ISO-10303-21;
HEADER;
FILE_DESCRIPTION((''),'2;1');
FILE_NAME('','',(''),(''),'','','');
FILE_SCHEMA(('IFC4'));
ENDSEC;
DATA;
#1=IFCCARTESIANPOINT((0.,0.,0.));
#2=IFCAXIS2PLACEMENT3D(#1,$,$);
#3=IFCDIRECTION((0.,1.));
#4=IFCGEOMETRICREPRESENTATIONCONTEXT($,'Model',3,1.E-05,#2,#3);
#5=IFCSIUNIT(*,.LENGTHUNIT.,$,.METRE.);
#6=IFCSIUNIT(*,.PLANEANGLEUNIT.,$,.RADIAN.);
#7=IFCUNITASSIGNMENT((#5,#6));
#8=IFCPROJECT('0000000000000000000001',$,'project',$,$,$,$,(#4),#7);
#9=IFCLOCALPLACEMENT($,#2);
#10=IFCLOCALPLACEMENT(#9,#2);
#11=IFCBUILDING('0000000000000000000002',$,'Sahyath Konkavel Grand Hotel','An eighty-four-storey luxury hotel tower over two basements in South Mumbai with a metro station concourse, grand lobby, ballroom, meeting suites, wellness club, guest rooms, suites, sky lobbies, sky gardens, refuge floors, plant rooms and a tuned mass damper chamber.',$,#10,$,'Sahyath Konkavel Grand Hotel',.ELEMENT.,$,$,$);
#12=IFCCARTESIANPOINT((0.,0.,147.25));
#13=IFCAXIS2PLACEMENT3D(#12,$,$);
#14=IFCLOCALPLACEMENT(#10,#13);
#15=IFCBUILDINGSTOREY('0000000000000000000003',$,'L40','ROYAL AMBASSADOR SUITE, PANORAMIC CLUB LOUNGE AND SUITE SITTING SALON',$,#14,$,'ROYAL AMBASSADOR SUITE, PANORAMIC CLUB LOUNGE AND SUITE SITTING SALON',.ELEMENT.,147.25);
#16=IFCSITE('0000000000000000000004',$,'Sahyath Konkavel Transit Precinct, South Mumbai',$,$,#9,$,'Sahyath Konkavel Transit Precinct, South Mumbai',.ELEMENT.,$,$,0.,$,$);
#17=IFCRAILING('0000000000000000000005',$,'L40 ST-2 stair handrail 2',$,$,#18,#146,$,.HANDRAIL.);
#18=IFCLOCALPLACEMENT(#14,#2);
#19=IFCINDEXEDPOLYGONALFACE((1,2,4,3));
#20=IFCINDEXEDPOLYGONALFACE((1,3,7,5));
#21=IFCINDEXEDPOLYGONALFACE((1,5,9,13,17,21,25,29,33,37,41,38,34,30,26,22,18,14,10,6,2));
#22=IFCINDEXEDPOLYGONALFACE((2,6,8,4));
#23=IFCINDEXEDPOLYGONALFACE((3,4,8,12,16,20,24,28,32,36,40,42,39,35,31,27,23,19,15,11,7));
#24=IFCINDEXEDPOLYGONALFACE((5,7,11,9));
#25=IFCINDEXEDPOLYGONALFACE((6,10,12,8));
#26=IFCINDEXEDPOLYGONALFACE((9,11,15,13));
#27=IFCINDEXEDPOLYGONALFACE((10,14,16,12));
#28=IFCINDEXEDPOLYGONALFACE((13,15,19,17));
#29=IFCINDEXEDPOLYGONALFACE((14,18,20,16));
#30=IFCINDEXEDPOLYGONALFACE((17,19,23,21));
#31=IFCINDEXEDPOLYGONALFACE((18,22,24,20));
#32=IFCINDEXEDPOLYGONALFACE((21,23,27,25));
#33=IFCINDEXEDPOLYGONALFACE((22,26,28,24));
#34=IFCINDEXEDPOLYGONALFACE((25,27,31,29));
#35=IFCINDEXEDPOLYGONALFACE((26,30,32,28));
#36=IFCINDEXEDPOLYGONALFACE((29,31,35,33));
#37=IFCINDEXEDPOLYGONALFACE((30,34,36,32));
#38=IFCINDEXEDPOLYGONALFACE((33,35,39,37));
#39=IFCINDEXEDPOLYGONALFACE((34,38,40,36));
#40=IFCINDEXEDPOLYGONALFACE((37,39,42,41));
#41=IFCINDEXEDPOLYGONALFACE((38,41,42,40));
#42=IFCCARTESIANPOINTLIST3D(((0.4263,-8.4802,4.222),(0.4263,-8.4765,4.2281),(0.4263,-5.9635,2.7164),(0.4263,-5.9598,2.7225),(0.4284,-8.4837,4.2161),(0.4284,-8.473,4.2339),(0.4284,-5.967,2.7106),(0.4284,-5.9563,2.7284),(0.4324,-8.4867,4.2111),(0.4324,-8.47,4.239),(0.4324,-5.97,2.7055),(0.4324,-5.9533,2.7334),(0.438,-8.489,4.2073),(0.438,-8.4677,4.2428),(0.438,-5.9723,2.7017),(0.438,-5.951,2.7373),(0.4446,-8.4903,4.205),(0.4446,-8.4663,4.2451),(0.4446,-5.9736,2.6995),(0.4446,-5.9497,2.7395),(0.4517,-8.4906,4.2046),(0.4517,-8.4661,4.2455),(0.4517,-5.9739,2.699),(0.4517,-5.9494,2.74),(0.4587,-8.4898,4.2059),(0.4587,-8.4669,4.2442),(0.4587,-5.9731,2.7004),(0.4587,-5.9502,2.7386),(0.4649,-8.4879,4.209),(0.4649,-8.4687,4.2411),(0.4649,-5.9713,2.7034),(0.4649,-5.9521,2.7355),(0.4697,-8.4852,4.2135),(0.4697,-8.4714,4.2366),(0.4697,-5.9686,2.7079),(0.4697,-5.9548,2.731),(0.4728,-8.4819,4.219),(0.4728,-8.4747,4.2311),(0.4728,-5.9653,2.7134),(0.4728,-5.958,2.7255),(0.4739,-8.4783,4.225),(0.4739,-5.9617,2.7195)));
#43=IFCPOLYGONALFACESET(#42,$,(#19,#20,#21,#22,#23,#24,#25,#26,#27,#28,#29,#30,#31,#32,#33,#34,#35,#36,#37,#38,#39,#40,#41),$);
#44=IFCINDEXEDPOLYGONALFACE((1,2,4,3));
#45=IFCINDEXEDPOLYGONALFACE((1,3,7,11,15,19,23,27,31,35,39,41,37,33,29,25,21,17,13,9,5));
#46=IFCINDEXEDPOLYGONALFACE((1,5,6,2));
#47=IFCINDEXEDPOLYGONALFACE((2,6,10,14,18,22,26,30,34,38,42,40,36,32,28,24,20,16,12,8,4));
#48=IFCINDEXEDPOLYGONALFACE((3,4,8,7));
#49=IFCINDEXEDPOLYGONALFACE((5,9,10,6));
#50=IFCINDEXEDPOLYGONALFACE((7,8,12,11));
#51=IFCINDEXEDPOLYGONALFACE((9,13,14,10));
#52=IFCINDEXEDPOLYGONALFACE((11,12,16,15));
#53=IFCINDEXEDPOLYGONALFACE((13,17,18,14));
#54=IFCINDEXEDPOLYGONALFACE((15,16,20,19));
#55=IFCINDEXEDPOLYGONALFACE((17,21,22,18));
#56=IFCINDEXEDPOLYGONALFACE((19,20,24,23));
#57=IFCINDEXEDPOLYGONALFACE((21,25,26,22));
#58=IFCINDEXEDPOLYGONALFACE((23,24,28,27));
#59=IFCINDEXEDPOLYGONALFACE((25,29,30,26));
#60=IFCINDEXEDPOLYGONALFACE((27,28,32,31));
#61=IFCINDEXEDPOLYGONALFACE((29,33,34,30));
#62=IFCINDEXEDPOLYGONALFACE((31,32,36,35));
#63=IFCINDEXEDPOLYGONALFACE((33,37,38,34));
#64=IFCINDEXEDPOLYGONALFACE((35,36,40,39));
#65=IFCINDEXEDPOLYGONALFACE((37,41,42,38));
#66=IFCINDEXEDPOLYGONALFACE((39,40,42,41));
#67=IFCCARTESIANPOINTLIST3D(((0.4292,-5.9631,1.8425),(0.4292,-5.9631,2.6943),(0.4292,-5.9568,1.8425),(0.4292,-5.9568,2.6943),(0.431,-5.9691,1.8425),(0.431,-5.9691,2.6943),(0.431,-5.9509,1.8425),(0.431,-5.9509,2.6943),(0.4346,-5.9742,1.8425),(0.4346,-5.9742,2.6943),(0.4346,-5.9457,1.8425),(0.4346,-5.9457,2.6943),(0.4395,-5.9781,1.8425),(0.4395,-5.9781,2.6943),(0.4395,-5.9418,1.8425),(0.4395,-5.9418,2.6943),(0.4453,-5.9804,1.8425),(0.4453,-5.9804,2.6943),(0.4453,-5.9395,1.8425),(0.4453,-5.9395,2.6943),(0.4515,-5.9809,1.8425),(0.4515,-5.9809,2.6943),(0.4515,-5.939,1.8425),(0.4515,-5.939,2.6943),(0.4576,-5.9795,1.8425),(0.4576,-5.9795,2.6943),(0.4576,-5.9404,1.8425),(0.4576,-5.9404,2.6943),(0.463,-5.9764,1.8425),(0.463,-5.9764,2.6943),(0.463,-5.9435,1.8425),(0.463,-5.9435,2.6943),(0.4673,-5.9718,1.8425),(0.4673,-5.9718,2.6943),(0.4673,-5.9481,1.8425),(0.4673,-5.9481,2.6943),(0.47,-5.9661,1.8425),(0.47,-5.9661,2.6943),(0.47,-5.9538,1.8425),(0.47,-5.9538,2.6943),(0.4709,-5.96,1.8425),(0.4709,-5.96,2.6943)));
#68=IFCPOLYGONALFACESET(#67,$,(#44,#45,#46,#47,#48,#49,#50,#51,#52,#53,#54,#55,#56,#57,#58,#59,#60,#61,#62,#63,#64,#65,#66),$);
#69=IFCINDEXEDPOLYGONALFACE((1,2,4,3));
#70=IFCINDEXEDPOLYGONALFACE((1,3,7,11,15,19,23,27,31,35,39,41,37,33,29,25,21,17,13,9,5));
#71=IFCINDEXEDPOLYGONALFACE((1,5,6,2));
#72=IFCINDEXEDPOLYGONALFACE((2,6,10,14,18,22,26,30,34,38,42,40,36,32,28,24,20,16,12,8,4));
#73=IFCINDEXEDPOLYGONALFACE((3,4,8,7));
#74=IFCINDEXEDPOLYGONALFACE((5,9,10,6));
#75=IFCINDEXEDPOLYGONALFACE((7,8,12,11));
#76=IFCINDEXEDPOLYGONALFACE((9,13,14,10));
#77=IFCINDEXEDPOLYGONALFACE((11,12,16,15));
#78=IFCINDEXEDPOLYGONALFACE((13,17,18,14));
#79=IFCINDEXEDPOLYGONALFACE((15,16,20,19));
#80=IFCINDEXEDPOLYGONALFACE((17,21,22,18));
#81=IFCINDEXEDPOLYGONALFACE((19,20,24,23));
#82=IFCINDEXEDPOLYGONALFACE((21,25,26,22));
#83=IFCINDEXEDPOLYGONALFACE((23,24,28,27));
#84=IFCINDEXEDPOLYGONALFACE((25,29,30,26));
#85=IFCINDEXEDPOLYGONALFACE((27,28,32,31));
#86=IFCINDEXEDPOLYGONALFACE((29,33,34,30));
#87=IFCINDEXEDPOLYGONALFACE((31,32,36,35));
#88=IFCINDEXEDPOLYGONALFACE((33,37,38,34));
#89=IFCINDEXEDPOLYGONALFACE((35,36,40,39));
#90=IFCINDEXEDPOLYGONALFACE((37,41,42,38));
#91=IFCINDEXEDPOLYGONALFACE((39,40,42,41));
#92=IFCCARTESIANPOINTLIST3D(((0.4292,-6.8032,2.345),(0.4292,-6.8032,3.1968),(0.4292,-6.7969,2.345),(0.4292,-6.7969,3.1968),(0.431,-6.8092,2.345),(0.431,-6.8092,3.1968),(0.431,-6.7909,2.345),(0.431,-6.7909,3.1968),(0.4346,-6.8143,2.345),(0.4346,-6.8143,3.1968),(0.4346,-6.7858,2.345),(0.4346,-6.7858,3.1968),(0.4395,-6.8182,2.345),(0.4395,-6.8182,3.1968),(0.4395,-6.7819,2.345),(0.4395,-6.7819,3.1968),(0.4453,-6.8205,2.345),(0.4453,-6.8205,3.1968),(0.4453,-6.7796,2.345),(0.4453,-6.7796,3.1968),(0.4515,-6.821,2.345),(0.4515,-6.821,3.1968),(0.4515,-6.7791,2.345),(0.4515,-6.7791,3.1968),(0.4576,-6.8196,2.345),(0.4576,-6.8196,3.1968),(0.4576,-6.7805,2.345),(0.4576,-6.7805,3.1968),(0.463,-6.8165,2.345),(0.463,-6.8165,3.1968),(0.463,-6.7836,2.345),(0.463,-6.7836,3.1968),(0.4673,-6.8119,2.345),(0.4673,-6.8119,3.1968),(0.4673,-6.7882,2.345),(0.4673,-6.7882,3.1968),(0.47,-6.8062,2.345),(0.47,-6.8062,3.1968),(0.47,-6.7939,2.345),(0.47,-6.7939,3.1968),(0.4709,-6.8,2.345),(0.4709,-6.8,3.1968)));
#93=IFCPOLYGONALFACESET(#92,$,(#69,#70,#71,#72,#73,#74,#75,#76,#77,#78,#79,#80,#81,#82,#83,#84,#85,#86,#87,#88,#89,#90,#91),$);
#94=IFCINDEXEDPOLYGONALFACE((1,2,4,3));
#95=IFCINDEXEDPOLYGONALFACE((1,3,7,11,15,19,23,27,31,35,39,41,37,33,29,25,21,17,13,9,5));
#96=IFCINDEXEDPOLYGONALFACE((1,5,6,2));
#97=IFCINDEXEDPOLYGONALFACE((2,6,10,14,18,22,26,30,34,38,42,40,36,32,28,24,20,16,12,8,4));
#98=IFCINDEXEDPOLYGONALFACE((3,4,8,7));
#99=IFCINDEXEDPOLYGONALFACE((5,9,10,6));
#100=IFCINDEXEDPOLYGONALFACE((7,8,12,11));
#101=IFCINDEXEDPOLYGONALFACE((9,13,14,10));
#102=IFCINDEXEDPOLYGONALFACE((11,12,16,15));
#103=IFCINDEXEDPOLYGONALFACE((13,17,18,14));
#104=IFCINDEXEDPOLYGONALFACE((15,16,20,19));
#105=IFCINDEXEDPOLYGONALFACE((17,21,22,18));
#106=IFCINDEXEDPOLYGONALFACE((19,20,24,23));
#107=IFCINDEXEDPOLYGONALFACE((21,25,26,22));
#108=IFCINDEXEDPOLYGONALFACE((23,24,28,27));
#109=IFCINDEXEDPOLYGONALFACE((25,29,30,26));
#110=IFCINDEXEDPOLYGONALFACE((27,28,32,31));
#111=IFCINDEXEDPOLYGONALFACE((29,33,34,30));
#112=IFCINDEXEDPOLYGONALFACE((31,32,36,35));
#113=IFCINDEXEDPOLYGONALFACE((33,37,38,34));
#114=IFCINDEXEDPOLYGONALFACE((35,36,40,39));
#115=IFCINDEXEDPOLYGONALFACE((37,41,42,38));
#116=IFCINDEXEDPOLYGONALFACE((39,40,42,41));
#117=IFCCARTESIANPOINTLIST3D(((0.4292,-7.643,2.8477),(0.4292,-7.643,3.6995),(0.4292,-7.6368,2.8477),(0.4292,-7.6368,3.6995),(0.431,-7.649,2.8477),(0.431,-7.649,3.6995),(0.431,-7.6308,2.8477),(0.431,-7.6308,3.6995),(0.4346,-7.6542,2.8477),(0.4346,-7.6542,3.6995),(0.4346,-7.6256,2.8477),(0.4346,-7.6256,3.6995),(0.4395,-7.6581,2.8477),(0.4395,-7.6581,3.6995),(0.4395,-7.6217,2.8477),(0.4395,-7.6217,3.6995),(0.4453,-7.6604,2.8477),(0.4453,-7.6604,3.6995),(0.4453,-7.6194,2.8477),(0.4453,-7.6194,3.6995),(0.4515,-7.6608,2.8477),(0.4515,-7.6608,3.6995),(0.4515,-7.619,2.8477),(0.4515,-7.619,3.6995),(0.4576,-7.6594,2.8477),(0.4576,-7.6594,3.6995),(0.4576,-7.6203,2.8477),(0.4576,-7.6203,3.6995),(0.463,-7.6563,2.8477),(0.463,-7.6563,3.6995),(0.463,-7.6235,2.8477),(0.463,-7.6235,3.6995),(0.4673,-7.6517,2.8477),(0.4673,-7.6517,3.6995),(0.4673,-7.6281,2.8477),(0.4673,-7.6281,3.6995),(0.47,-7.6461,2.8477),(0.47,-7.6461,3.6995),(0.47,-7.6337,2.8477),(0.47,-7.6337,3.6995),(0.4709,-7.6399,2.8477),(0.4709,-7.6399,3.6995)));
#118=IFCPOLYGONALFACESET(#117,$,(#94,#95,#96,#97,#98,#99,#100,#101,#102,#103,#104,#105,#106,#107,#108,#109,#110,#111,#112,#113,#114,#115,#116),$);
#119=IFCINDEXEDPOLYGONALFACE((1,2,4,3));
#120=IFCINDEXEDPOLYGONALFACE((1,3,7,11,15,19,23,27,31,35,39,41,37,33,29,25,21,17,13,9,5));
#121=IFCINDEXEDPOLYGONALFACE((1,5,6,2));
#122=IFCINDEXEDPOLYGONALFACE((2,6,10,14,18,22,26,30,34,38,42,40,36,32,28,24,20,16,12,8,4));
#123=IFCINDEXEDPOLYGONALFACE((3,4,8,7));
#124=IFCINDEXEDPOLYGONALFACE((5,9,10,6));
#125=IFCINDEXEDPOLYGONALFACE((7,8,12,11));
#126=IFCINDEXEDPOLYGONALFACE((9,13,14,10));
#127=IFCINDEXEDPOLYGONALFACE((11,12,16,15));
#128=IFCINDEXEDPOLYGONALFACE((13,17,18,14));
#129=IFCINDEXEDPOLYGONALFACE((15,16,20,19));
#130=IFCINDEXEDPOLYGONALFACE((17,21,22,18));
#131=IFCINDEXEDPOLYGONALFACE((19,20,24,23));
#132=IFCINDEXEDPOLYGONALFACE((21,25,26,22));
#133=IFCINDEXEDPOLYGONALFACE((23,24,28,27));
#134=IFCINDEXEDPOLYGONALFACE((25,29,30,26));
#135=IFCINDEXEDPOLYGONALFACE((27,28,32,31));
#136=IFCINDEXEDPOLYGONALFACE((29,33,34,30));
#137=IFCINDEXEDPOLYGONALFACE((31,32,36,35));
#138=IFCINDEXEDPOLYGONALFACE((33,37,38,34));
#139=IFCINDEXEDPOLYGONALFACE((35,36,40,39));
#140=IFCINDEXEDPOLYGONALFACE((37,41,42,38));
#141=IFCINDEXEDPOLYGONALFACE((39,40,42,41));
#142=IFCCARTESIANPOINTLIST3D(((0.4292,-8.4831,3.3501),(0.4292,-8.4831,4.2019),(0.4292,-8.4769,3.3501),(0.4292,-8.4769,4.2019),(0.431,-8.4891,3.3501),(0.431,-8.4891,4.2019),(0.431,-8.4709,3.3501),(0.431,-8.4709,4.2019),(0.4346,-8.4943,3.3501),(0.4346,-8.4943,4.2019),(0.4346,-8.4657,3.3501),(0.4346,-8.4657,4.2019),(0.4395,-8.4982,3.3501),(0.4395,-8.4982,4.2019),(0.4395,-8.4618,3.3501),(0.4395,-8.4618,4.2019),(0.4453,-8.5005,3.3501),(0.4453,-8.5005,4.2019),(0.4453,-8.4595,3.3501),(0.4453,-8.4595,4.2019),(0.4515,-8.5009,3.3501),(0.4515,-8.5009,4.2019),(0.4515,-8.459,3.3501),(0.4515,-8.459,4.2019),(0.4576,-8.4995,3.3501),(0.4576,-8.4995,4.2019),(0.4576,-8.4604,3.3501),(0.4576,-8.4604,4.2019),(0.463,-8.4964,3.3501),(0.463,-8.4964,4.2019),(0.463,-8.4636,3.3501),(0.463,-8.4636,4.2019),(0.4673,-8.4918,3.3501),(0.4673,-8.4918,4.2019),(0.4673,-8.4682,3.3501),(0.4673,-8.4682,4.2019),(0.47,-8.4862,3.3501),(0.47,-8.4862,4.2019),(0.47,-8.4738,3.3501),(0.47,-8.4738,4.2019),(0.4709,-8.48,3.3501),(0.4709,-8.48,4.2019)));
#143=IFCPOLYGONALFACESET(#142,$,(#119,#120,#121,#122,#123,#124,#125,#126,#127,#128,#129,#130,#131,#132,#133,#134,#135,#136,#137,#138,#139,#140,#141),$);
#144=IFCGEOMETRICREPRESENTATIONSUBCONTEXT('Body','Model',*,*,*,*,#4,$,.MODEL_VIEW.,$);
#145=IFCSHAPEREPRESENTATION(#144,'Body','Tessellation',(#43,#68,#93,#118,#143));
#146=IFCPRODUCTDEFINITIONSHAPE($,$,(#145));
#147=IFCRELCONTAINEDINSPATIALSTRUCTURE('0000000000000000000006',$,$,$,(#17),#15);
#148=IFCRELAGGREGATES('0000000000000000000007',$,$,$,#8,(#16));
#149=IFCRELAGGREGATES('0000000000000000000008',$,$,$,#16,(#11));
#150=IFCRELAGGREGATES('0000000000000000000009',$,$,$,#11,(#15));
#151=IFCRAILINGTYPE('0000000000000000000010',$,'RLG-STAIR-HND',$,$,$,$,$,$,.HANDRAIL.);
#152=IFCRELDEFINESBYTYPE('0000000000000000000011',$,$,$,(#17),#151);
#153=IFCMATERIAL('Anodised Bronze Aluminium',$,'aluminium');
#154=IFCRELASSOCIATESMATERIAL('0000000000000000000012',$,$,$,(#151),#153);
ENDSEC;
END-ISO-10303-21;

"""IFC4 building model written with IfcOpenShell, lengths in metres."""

from ifc_helpers import new_model, si_unit, direction, frame, origin, origin_2d, place, context, subcontext, project, spatial, circle, extrude, material, type_object, element, save


model = new_model("IFC4")

# Units and contexts
model_context = context("Model", 3, precision=1e-05, world=origin(), true_north=direction((0.0, 1.0)))
body_context = subcontext(model_context, "Body", "Model", "MODEL_VIEW")
ifc_project = project(units=[si_unit("LENGTHUNIT", "METRE"), si_unit("PLANEANGLEUNIT", "RADIAN")], contexts=[model_context])

# Site, building, storey
site_placement = place(None, origin())
site = spatial("IfcSite", under=ifc_project, at=site_placement, Name="Sahyath Konkavel Transit Precinct, South Mumbai", LongName="Sahyath Konkavel Transit Precinct, South Mumbai", CompositionType="ELEMENT", RefElevation=0.0)
building_placement = place(site_placement, origin())
building = spatial("IfcBuilding", under=site, at=building_placement, Name="Sahyath Konkavel Grand Hotel", Description="An eighty-four-storey luxury hotel tower over two basements in South Mumbai with a metro station concourse, grand lobby, ballroom, meeting suites, wellness club, guest rooms, suites, sky lobbies, sky gardens, refuge floors, plant rooms and a tuned mass damper chamber.", LongName="Sahyath Konkavel Grand Hotel", CompositionType="ELEMENT")
storey_placement = place(building_placement, frame((0.0, 0.0, 147.25)))
storey = spatial("IfcBuildingStorey", under=building, at=storey_placement, Name="L40", Description="ROYAL AMBASSADOR SUITE, PANORAMIC CLUB LOUNGE AND SUITE SITTING SALON", LongName="ROYAL AMBASSADOR SUITE, PANORAMIC CLUB LOUNGE AND SUITE SITTING SALON", CompositionType="ELEMENT", Elevation=147.25)

# Shared definitions
ifc_material_1 = material(Name="Anodised Bronze Aluminium", Category="aluminium")

# Railing
railing_type_1 = type_object("IfcRailingType", Name="RLG-STAIR-HND", PredefinedType="HANDRAIL", material=ifc_material_1)
railing_1_placement = place(storey_placement, frame((0.45, -5.96, 1.8425)))
element("IfcRailing", 1, at=railing_1_placement, inside=storey, type_object=railing_type_1, Name="L40 ST-2 stair handrail 2", PredefinedType="HANDRAIL", context=body_context, shape_type="SweptSolid", body=[
    extrude(circle(Radius=0.0239, at=origin_2d()), frame((0.0, -0.0017, 0.877), z_axis=(0.0, -0.85816, 0.513383), x_axis=(1.0, 0.0, 0.0)), (0.0, 0.0, 1.0), 2.9326),
    extrude(circle(Radius=0.021, at=origin_2d()), origin(), (0.0, 0.0, 1.0), 0.8518),
    extrude(circle(Radius=0.021, at=origin_2d()), frame((0.0, -0.8401, 0.5024)), (0.0, 0.0, 1.0), 0.8518),
    extrude(circle(Radius=0.021, at=origin_2d()), frame((0.0, -1.6799, 1.0051)), (0.0, 0.0, 1.0), 0.8518),
    extrude(circle(Radius=0.021, at=origin_2d()), frame((0.0, -2.52, 1.5076)), (0.0, 0.0, 1.0), 0.8518),
])

save(model, "model.ifc")
